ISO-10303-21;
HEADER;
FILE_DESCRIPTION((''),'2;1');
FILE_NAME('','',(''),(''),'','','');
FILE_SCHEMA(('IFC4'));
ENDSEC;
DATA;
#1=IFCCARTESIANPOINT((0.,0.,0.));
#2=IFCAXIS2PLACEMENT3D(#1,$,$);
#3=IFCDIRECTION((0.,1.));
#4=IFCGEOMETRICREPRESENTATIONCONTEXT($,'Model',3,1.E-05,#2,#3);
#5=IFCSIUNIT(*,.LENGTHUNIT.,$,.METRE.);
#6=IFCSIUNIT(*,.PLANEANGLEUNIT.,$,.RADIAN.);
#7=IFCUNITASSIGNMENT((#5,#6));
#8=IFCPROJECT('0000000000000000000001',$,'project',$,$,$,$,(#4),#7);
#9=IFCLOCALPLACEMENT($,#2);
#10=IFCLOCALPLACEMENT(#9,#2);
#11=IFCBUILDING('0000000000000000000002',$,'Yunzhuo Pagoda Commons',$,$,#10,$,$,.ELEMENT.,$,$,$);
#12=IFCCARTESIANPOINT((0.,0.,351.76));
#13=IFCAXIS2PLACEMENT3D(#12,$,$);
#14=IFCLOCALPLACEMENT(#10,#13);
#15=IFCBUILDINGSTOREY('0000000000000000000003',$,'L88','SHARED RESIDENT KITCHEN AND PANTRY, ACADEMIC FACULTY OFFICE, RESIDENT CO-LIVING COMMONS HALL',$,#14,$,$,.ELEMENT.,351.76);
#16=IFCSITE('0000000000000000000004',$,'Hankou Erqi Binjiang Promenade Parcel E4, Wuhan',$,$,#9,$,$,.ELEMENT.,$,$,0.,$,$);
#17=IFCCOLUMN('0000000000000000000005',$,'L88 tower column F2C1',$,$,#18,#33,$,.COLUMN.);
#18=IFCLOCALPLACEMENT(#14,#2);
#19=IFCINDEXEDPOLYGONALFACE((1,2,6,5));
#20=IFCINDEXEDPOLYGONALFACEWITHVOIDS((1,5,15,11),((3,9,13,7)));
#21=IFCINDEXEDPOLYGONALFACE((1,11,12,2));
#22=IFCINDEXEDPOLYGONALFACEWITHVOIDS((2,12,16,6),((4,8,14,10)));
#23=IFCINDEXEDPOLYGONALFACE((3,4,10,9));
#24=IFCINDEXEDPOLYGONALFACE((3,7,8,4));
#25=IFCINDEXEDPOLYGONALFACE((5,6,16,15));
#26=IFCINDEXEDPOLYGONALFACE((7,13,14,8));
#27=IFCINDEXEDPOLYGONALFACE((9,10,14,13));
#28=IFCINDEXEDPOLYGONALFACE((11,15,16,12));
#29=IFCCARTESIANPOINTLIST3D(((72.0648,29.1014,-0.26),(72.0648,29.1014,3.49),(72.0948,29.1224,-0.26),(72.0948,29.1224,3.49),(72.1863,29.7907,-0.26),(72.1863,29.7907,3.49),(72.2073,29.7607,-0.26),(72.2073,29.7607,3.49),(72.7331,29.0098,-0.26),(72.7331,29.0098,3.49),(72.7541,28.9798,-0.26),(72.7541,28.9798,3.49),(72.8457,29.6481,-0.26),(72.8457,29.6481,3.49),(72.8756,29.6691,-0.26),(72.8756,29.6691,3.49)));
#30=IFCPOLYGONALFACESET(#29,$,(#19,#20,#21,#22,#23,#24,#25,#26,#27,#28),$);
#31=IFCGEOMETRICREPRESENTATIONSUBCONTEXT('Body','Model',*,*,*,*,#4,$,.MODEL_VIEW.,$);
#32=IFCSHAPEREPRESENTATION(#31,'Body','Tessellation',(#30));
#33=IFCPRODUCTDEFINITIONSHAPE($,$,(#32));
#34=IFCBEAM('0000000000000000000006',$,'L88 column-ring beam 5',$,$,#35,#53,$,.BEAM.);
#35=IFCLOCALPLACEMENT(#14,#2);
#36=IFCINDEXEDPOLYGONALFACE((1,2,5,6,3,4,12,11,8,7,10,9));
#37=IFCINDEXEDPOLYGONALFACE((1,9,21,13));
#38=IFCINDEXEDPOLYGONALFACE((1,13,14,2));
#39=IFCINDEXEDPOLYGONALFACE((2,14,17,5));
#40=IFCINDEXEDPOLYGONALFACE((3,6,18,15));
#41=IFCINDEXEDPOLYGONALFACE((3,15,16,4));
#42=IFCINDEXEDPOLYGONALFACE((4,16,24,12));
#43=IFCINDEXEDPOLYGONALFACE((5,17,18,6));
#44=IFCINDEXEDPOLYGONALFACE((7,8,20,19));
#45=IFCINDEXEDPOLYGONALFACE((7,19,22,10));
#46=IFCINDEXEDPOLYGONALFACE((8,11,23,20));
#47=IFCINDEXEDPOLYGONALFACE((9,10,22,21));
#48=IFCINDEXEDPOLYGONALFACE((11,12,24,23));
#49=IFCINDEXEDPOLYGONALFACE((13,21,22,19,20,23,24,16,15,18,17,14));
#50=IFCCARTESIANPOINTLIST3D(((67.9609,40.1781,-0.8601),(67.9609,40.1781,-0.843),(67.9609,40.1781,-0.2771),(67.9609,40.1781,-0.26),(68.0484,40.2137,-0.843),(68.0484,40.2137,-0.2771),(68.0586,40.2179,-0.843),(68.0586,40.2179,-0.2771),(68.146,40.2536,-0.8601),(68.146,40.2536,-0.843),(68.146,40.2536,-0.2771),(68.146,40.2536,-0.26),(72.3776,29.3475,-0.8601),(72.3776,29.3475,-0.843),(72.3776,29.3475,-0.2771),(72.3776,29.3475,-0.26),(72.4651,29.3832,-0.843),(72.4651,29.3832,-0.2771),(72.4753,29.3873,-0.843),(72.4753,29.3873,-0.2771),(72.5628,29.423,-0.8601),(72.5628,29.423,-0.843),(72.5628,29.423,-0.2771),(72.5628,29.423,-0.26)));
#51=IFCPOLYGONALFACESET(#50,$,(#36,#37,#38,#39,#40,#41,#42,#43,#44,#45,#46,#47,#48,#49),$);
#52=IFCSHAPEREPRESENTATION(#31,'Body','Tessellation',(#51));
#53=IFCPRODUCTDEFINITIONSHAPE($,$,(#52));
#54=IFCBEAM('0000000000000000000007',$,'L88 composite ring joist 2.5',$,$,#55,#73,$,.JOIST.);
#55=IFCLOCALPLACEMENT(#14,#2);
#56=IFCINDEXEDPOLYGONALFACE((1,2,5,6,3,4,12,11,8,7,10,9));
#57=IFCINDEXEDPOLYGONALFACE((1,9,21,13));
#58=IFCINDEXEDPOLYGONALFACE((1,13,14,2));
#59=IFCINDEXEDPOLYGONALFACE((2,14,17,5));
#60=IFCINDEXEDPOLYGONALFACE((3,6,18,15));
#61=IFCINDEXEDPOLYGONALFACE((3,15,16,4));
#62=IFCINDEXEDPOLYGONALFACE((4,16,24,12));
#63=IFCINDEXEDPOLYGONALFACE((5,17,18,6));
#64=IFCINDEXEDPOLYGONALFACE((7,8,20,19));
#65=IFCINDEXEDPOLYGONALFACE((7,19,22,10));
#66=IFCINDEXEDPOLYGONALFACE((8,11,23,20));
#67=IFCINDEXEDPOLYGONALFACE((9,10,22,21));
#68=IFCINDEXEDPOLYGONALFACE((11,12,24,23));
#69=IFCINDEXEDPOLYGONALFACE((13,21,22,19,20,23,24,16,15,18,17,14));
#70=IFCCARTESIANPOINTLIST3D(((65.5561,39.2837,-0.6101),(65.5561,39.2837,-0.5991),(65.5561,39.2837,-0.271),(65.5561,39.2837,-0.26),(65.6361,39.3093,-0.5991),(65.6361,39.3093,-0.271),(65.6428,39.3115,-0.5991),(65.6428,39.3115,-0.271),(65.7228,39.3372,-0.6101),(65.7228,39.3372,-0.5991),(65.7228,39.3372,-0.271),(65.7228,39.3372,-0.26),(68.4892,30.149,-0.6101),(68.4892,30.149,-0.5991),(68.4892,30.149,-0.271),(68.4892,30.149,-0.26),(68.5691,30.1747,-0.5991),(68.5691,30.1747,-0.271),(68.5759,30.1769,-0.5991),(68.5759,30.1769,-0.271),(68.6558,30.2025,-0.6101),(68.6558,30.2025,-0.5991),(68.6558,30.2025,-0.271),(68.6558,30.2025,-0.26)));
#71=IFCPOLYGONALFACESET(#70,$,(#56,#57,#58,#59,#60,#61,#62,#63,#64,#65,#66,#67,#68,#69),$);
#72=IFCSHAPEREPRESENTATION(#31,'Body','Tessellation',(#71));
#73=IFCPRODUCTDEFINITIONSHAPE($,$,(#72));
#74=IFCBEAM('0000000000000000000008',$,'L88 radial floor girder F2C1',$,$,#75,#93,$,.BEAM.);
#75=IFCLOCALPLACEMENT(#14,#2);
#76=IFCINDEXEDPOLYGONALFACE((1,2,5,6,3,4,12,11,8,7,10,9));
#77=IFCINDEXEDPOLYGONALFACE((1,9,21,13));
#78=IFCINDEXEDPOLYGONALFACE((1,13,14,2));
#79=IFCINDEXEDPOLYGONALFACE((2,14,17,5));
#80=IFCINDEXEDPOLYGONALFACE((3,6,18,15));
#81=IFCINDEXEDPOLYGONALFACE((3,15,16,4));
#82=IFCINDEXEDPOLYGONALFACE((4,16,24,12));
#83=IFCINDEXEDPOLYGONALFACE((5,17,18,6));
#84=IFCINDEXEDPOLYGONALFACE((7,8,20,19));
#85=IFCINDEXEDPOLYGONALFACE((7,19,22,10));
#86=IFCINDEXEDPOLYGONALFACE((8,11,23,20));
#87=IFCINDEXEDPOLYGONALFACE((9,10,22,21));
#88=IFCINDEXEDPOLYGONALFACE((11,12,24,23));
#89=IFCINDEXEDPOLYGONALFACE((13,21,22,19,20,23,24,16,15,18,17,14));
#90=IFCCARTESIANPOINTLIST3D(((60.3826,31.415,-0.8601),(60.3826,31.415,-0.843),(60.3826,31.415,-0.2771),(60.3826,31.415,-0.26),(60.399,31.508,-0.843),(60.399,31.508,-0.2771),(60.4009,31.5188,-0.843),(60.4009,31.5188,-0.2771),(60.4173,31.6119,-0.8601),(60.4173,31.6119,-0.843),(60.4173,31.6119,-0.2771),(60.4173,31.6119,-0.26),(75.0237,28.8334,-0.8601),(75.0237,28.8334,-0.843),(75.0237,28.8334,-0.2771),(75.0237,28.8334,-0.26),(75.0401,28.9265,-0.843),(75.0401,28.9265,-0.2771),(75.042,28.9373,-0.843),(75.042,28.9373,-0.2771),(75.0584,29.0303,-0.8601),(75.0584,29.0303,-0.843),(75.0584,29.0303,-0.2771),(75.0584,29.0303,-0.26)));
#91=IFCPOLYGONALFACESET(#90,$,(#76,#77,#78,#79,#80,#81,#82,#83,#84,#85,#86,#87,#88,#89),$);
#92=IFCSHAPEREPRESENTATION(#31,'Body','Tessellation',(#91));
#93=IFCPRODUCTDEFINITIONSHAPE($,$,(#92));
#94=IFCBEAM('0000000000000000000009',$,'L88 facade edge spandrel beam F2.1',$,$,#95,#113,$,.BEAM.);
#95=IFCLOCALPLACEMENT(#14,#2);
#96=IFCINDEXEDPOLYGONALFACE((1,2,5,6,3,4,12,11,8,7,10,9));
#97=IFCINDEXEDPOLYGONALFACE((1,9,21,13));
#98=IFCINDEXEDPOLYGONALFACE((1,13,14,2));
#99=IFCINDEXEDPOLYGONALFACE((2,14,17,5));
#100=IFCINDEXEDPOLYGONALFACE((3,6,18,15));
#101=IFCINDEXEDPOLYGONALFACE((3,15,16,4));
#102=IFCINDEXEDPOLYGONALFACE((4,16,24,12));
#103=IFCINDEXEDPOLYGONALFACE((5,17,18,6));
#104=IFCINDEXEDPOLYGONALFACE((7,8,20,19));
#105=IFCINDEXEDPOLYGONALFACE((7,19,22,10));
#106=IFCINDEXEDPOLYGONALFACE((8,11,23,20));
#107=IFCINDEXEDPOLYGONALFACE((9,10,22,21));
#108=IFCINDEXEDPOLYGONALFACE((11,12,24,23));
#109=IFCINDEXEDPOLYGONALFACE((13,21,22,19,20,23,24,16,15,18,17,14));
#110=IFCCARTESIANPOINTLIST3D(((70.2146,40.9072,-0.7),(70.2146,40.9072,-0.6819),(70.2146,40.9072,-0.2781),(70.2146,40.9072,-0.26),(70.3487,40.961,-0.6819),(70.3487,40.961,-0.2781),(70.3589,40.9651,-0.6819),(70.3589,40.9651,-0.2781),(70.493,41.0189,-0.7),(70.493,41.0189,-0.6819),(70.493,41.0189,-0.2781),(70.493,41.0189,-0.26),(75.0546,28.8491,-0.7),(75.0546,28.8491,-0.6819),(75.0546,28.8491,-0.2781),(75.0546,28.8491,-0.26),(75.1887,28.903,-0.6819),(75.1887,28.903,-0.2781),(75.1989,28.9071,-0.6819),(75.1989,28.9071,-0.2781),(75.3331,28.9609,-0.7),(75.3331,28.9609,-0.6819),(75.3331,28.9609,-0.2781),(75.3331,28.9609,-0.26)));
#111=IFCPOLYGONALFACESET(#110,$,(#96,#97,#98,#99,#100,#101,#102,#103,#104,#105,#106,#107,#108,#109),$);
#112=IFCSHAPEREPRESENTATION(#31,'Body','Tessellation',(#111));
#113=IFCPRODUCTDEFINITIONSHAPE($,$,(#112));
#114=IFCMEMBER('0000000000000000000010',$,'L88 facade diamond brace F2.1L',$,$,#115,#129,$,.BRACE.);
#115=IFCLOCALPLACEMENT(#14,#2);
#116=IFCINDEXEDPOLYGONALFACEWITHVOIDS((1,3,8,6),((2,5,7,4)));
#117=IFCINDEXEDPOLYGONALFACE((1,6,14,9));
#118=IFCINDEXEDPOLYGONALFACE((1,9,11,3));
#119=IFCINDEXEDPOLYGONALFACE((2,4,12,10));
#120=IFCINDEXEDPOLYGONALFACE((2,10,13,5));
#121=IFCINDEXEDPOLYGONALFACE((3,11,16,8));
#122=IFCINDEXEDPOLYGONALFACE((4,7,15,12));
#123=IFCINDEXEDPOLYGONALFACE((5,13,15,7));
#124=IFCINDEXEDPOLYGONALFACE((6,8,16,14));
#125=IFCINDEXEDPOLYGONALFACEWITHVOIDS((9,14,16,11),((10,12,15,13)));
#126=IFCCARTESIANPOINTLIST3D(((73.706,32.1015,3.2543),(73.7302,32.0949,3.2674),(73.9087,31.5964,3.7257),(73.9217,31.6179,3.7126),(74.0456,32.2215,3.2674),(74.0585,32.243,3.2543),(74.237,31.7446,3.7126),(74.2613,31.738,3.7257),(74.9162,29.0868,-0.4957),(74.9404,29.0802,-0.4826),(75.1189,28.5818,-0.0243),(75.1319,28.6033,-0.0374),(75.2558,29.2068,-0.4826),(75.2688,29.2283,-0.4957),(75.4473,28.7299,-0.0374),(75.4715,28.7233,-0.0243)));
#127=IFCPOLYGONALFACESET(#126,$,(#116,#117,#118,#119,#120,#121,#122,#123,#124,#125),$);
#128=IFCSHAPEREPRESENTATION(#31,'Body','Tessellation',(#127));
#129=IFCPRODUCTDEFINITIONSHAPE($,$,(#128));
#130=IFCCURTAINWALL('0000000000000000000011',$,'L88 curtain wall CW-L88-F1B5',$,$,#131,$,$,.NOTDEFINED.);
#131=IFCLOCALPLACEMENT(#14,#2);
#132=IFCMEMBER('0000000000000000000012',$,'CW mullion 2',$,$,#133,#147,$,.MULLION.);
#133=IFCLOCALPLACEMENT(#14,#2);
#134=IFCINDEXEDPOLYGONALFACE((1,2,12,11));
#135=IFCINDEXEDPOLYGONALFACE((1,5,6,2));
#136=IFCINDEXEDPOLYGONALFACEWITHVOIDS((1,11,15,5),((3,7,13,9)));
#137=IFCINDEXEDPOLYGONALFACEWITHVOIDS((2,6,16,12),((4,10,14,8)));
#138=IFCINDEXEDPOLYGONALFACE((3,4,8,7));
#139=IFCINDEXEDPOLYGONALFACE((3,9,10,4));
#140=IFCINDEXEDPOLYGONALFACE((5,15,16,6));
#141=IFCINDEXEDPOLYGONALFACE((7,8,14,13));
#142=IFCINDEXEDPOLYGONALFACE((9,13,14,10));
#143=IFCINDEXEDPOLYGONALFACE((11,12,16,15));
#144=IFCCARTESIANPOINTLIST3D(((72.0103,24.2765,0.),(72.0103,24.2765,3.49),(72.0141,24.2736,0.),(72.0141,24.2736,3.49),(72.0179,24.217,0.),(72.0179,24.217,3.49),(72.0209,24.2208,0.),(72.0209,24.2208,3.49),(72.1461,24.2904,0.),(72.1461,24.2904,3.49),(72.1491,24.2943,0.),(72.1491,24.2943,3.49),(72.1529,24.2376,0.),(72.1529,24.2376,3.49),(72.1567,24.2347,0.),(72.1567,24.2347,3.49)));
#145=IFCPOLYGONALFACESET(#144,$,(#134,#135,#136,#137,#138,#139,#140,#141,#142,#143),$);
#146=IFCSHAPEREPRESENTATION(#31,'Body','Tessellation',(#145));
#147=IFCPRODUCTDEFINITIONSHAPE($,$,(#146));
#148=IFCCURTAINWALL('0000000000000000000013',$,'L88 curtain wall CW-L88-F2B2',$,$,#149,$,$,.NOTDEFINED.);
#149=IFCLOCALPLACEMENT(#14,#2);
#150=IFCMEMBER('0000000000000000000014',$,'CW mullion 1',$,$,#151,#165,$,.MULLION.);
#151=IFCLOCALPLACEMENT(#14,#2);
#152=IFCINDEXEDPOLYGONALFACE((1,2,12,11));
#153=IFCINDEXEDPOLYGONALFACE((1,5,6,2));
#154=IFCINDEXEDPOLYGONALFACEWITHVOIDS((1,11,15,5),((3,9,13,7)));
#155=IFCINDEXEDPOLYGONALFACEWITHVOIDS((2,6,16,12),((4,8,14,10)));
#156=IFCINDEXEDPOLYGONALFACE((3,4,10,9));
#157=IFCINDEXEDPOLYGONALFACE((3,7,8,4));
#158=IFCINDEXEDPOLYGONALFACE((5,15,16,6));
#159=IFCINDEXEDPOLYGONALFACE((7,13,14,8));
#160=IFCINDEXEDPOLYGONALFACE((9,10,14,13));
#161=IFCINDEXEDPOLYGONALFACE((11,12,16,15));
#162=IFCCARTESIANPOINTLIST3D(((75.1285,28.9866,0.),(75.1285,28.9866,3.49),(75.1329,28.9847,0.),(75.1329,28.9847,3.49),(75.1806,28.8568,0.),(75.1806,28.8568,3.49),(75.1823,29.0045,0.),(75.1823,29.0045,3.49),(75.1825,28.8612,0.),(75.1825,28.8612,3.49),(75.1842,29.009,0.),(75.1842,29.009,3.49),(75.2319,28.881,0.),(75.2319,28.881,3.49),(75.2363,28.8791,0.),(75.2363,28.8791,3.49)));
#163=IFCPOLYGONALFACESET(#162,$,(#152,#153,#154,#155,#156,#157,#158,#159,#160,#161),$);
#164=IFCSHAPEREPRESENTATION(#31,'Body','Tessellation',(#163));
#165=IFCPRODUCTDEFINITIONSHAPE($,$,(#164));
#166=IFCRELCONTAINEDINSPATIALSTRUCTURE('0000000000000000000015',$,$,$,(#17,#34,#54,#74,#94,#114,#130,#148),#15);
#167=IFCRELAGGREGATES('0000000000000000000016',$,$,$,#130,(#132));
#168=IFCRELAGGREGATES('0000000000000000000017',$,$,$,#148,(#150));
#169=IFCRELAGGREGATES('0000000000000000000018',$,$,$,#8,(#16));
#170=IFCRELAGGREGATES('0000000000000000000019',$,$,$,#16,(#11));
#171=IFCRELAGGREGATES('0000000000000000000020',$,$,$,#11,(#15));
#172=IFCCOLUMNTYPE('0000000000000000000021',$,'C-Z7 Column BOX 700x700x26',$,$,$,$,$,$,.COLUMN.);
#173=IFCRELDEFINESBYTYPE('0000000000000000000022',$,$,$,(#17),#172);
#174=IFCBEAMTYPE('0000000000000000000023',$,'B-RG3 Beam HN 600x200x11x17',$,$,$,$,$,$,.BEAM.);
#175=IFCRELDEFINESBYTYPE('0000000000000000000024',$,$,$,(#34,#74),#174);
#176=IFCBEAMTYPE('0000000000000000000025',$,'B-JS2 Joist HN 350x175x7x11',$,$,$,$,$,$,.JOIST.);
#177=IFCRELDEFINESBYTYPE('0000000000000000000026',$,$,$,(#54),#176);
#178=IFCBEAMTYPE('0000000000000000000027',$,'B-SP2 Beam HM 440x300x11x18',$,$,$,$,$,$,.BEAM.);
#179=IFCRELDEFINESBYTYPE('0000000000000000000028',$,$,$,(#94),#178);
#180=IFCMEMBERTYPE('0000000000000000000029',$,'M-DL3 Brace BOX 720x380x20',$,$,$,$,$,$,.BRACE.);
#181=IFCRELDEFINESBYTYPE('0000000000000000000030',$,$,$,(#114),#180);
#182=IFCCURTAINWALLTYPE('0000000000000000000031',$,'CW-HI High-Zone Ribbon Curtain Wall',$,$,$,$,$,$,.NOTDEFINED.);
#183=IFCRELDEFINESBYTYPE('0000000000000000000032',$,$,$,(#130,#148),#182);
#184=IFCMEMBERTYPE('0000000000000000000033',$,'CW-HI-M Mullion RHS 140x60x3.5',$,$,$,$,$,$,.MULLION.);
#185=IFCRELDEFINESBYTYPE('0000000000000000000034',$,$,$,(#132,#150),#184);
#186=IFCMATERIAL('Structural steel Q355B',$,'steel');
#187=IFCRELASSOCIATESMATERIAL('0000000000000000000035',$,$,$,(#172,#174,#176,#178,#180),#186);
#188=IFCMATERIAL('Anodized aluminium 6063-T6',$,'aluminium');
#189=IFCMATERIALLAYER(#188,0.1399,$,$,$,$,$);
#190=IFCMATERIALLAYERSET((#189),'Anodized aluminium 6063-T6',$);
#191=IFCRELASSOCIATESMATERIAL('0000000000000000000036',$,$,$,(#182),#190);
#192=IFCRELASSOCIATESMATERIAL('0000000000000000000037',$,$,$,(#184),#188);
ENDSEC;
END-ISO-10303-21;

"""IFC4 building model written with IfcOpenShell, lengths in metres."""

from ifc_helpers import new_model, si_unit, direction, frame, origin, origin_2d, place, context, subcontext, project, spatial, hollow_rectangle, i_section, extrude, source, transform, mapped, material, layer, layer_set, material_profile, profile_set, type_object, element, aggregate, save


model = new_model("IFC4")

# Units and contexts
model_context = context("Model", 3, precision=1e-05, world=origin(), true_north=direction((0.0, 1.0)))
body_context = subcontext(model_context, "Body", "Model", "MODEL_VIEW")
ifc_project = project(units=[si_unit("LENGTHUNIT", "METRE"), si_unit("PLANEANGLEUNIT", "RADIAN")], contexts=[model_context])

# Site, building, storey
site_placement = place(None, origin())
site = spatial("IfcSite", under=ifc_project, at=site_placement, Name="Hankou Erqi Binjiang Promenade Parcel E4, Wuhan", CompositionType="ELEMENT", RefElevation=0.0)
building_placement = place(site_placement, origin())
building = spatial("IfcBuilding", under=site, at=building_placement, Name="Yunzhuo Pagoda Commons", CompositionType="ELEMENT")
storey_placement = place(building_placement, frame((0.0, 0.0, 351.76)))
storey = spatial("IfcBuildingStorey", under=building, at=storey_placement, Name="L88", Description="SHARED RESIDENT KITCHEN AND PANTRY, ACADEMIC FACULTY OFFICE, RESIDENT CO-LIVING COMMONS HALL", CompositionType="ELEMENT", Elevation=351.76)

# Column
ifc_material_1 = material(Name="Structural steel Q355B", Category="steel")
ifc_material_profile_1 = material_profile(ifc_material_1, hollow_rectangle(XDim=0.7, YDim=0.7, WallThickness=0.0259, at=origin_2d()), Name="Structural steel Q355B")
ifc_profile_set_1 = profile_set([ifc_material_profile_1], Name="Structural steel Q355B")
column_type = type_object("IfcColumnType", Name="C-Z7 Column BOX 700x700x26", PredefinedType="COLUMN", material=ifc_profile_set_1)
shared_shape_1 = source(origin(), body_context, "Body", "SweptSolid", [
    extrude(hollow_rectangle(XDim=0.7, YDim=0.7, WallThickness=0.0259, at=origin_2d()), origin(), (0.0, 0.0, 1.0), 3.75),
])
column_placement = place(storey_placement, frame((72.4702, 29.3853, -0.26), z_axis=(0.0, 0.0, 1.0), x_axis=(0.173648, 0.984808, 0.0)))
element("IfcColumn", 1, at=column_placement, inside=storey, type_object=column_type, Name="L88 tower column F2C1", PredefinedType="COLUMN", context=body_context, shape_type="MappedRepresentation", body=[
    mapped(shared_shape_1, transform((0.0, 0.0, 0.0), scale=1.0)),
])

# Beams
ifc_material_profile_2 = material_profile(ifc_material_1, i_section(OverallWidth=0.2, OverallDepth=0.6001, WebThickness=0.011, FlangeThickness=0.0171, at=origin_2d()), Name="Structural steel Q355B")
ifc_profile_set_2 = profile_set([ifc_material_profile_2], Name="Structural steel Q355B")
beam_type_1 = type_object("IfcBeamType", Name="B-RG3 Beam HN 600x200x11x17", PredefinedType="BEAM", material=ifc_profile_set_2)
shared_shape_2 = source(origin(), body_context, "Body", "SweptSolid", [
    extrude(i_section(OverallWidth=0.2, OverallDepth=0.6001, WebThickness=0.011, FlangeThickness=0.0171, at=origin_2d()), origin(), (0.0, 0.0, 1.0), 11.6965),
])
beam_1_placement = place(storey_placement, frame((72.4702, 29.3853, -0.5601), z_axis=(-0.377612, 0.925964, 0.0), x_axis=(-0.925964, -0.377612, 0.0)))
element("IfcBeam", 2, at=beam_1_placement, inside=storey, type_object=beam_type_1, Name="L88 column-ring beam 5", PredefinedType="BEAM", context=body_context, shape_type="MappedRepresentation", body=[
    mapped(shared_shape_2, transform((0.0, 0.0, 0.0), scale=1.0)),
])
ifc_material_profile_3 = material_profile(ifc_material_1, i_section(OverallWidth=0.175, OverallDepth=0.3501, WebThickness=0.0071, FlangeThickness=0.011, at=origin_2d()), Name="Structural steel Q355B")
ifc_profile_set_3 = profile_set([ifc_material_profile_3], Name="Structural steel Q355B")
beam_type_2 = type_object("IfcBeamType", Name="B-JS2 Joist HN 350x175x7x11", PredefinedType="JOIST", material=ifc_profile_set_3)
shared_shape_3 = source(origin(), body_context, "Body", "SweptSolid", [
    extrude(i_section(OverallWidth=0.175, OverallDepth=0.3501, WebThickness=0.0071, FlangeThickness=0.011, at=origin_2d()), origin(), (0.0, 0.0, 1.0), 9.594),
])
beam_2_placement = place(storey_placement, frame((68.5725, 30.1758, -0.4351), z_axis=(-0.305719, 0.952122, 0.0), x_axis=(-0.952122, -0.305719, 0.0)))
element("IfcBeam", 3, at=beam_2_placement, inside=storey, type_object=beam_type_2, Name="L88 composite ring joist 2.5", PredefinedType="JOIST", context=body_context, shape_type="MappedRepresentation", body=[
    mapped(shared_shape_3, transform((0.0, 0.0, 0.0), scale=1.0)),
])
shared_shape_4 = source(origin(), body_context, "Body", "SweptSolid", [
    extrude(i_section(OverallWidth=0.2, OverallDepth=0.6001, WebThickness=0.011, FlangeThickness=0.0171, at=origin_2d()), origin(), (0.0, 0.0, 1.0), 14.8669),
])
beam_3_placement = place(storey_placement, frame((75.041, 28.9319, -0.5601), z_axis=(-0.984809, 0.173643, 0.0), x_axis=(-0.173643, -0.984809, 0.0)))
element("IfcBeam", 4, at=beam_3_placement, inside=storey, type_object=beam_type_1, Name="L88 radial floor girder F2C1", PredefinedType="BEAM", context=body_context, shape_type="MappedRepresentation", body=[
    mapped(shared_shape_4, transform((0.0, 0.0, 0.0), scale=1.0)),
])
ifc_material_profile_4 = material_profile(ifc_material_1, i_section(OverallWidth=0.3, OverallDepth=0.4399, WebThickness=0.011, FlangeThickness=0.0181, at=origin_2d()), Name="Structural steel Q355B")
ifc_profile_set_4 = profile_set([ifc_material_profile_4], Name="Structural steel Q355B")
beam_type_3 = type_object("IfcBeamType", Name="B-SP2 Beam HM 440x300x11x18", PredefinedType="BEAM", material=ifc_profile_set_4)
shared_shape_5 = source(origin(), body_context, "Body", "SweptSolid", [
    extrude(i_section(OverallWidth=0.3, OverallDepth=0.4399, WebThickness=0.011, FlangeThickness=0.0181, at=origin_2d()), origin(), (0.0, 0.0, 1.0), 12.9932),
])
beam_4_placement = place(storey_placement, frame((75.1938, 28.905, -0.48), z_axis=(-0.372508, 0.928029, 0.0), x_axis=(-0.928029, -0.372508, 0.0)))
element("IfcBeam", 5, at=beam_4_placement, inside=storey, type_object=beam_type_3, Name="L88 facade edge spandrel beam F2.1", PredefinedType="BEAM", context=body_context, shape_type="MappedRepresentation", body=[
    mapped(shared_shape_5, transform((0.0, 0.0, 0.0), scale=1.0)),
])

# Member
ifc_material_profile_5 = material_profile(ifc_material_1, hollow_rectangle(XDim=0.3799, YDim=0.72, WallThickness=0.02, at=origin_2d()), Name="Structural steel Q355B")
ifc_profile_set_5 = profile_set([ifc_material_profile_5], Name="Structural steel Q355B")
member_type_1 = type_object("IfcMemberType", Name="M-DL3 Brace BOX 720x380x20", PredefinedType="BRACE", material=ifc_profile_set_5)
shared_shape_6 = source(origin(), body_context, "Body", "SweptSolid", [
    extrude(hollow_rectangle(XDim=0.3799, YDim=0.72, WallThickness=0.02, at=origin_2d()), origin(), (0.0, 0.0, 1.0), 4.9614),
])
member_1_placement = place(storey_placement, frame((75.1938, 28.905, -0.26), z_axis=(-0.243926, 0.607624, 0.755839), x_axis=(-0.928015, -0.372544, 0.0)))
element("IfcMember", 6, at=member_1_placement, inside=storey, type_object=member_type_1, Name="L88 facade diamond brace F2.1L", PredefinedType="BRACE", context=body_context, shape_type="MappedRepresentation", body=[
    mapped(shared_shape_6, transform((0.0, 0.0, 0.0), scale=1.0)),
])

# Curtain walls, members
ifc_material_2 = material(Name="Anodized aluminium 6063-T6", Category="aluminium")
ifc_layer_1 = layer(ifc_material_2, 0.1399)
ifc_layer_set_1 = layer_set([ifc_layer_1], Name="Anodized aluminium 6063-T6")
curtain_wall_type = type_object("IfcCurtainWallType", Name="CW-HI High-Zone Ribbon Curtain Wall", PredefinedType="NOTDEFINED", material=ifc_layer_set_1)
curtain_wall_1_placement = place(storey_placement, origin())
curtain_wall_1 = element("IfcCurtainWall", 7, at=curtain_wall_1_placement, inside=storey, type_object=curtain_wall_type, Name="L88 curtain wall CW-L88-F1B5", PredefinedType="NOTDEFINED")
ifc_material_profile_6 = material_profile(ifc_material_2, hollow_rectangle(XDim=0.0601, YDim=0.1399, WallThickness=0.0034, at=origin_2d()), Name="Anodized aluminium 6063-T6")
ifc_profile_set_6 = profile_set([ifc_material_profile_6], Name="Anodized aluminium 6063-T6")
member_type_2 = type_object("IfcMemberType", Name="CW-HI-M Mullion RHS 140x60x3.5", PredefinedType="MULLION", material=ifc_profile_set_6)
shared_shape_7 = source(origin(), body_context, "Body", "SweptSolid", [
    extrude(hollow_rectangle(XDim=0.0601, YDim=0.1399, WallThickness=0.0034, at=origin_2d()), origin(), (0.0, 0.0, 1.0), 3.49),
])
member_2_placement = place(storey_placement, frame((72.0835, 24.2556, 0.0), z_axis=(0.0, 0.0, 1.0), x_axis=(-0.126571, 0.991958, 0.0)))
member_2 = element("IfcMember", 8, at=member_2_placement, type_object=member_type_2, Name="CW mullion 2", PredefinedType="MULLION", context=body_context, shape_type="MappedRepresentation", body=[
    mapped(shared_shape_7, transform((0.0, 0.0, 0.0), scale=1.0)),
])
aggregate(curtain_wall_1, [member_2])
curtain_wall_2_placement = place(storey_placement, origin())
curtain_wall_2 = element("IfcCurtainWall", 9, at=curtain_wall_2_placement, inside=storey, type_object=curtain_wall_type, Name="L88 curtain wall CW-L88-F2B2", PredefinedType="NOTDEFINED")
member_3_placement = place(storey_placement, frame((75.1824, 28.9329, 0.0), z_axis=(0.0, 0.0, 1.0), x_axis=(-0.928039, -0.372483, 0.0)))
member_3 = element("IfcMember", 10, at=member_3_placement, type_object=member_type_2, Name="CW mullion 1", PredefinedType="MULLION", context=body_context, shape_type="MappedRepresentation", body=[
    mapped(shared_shape_7, transform((0.0, 0.0, 0.0), scale=1.0)),
])

aggregate(curtain_wall_2, [member_3])

save(model, "model.ifc")
